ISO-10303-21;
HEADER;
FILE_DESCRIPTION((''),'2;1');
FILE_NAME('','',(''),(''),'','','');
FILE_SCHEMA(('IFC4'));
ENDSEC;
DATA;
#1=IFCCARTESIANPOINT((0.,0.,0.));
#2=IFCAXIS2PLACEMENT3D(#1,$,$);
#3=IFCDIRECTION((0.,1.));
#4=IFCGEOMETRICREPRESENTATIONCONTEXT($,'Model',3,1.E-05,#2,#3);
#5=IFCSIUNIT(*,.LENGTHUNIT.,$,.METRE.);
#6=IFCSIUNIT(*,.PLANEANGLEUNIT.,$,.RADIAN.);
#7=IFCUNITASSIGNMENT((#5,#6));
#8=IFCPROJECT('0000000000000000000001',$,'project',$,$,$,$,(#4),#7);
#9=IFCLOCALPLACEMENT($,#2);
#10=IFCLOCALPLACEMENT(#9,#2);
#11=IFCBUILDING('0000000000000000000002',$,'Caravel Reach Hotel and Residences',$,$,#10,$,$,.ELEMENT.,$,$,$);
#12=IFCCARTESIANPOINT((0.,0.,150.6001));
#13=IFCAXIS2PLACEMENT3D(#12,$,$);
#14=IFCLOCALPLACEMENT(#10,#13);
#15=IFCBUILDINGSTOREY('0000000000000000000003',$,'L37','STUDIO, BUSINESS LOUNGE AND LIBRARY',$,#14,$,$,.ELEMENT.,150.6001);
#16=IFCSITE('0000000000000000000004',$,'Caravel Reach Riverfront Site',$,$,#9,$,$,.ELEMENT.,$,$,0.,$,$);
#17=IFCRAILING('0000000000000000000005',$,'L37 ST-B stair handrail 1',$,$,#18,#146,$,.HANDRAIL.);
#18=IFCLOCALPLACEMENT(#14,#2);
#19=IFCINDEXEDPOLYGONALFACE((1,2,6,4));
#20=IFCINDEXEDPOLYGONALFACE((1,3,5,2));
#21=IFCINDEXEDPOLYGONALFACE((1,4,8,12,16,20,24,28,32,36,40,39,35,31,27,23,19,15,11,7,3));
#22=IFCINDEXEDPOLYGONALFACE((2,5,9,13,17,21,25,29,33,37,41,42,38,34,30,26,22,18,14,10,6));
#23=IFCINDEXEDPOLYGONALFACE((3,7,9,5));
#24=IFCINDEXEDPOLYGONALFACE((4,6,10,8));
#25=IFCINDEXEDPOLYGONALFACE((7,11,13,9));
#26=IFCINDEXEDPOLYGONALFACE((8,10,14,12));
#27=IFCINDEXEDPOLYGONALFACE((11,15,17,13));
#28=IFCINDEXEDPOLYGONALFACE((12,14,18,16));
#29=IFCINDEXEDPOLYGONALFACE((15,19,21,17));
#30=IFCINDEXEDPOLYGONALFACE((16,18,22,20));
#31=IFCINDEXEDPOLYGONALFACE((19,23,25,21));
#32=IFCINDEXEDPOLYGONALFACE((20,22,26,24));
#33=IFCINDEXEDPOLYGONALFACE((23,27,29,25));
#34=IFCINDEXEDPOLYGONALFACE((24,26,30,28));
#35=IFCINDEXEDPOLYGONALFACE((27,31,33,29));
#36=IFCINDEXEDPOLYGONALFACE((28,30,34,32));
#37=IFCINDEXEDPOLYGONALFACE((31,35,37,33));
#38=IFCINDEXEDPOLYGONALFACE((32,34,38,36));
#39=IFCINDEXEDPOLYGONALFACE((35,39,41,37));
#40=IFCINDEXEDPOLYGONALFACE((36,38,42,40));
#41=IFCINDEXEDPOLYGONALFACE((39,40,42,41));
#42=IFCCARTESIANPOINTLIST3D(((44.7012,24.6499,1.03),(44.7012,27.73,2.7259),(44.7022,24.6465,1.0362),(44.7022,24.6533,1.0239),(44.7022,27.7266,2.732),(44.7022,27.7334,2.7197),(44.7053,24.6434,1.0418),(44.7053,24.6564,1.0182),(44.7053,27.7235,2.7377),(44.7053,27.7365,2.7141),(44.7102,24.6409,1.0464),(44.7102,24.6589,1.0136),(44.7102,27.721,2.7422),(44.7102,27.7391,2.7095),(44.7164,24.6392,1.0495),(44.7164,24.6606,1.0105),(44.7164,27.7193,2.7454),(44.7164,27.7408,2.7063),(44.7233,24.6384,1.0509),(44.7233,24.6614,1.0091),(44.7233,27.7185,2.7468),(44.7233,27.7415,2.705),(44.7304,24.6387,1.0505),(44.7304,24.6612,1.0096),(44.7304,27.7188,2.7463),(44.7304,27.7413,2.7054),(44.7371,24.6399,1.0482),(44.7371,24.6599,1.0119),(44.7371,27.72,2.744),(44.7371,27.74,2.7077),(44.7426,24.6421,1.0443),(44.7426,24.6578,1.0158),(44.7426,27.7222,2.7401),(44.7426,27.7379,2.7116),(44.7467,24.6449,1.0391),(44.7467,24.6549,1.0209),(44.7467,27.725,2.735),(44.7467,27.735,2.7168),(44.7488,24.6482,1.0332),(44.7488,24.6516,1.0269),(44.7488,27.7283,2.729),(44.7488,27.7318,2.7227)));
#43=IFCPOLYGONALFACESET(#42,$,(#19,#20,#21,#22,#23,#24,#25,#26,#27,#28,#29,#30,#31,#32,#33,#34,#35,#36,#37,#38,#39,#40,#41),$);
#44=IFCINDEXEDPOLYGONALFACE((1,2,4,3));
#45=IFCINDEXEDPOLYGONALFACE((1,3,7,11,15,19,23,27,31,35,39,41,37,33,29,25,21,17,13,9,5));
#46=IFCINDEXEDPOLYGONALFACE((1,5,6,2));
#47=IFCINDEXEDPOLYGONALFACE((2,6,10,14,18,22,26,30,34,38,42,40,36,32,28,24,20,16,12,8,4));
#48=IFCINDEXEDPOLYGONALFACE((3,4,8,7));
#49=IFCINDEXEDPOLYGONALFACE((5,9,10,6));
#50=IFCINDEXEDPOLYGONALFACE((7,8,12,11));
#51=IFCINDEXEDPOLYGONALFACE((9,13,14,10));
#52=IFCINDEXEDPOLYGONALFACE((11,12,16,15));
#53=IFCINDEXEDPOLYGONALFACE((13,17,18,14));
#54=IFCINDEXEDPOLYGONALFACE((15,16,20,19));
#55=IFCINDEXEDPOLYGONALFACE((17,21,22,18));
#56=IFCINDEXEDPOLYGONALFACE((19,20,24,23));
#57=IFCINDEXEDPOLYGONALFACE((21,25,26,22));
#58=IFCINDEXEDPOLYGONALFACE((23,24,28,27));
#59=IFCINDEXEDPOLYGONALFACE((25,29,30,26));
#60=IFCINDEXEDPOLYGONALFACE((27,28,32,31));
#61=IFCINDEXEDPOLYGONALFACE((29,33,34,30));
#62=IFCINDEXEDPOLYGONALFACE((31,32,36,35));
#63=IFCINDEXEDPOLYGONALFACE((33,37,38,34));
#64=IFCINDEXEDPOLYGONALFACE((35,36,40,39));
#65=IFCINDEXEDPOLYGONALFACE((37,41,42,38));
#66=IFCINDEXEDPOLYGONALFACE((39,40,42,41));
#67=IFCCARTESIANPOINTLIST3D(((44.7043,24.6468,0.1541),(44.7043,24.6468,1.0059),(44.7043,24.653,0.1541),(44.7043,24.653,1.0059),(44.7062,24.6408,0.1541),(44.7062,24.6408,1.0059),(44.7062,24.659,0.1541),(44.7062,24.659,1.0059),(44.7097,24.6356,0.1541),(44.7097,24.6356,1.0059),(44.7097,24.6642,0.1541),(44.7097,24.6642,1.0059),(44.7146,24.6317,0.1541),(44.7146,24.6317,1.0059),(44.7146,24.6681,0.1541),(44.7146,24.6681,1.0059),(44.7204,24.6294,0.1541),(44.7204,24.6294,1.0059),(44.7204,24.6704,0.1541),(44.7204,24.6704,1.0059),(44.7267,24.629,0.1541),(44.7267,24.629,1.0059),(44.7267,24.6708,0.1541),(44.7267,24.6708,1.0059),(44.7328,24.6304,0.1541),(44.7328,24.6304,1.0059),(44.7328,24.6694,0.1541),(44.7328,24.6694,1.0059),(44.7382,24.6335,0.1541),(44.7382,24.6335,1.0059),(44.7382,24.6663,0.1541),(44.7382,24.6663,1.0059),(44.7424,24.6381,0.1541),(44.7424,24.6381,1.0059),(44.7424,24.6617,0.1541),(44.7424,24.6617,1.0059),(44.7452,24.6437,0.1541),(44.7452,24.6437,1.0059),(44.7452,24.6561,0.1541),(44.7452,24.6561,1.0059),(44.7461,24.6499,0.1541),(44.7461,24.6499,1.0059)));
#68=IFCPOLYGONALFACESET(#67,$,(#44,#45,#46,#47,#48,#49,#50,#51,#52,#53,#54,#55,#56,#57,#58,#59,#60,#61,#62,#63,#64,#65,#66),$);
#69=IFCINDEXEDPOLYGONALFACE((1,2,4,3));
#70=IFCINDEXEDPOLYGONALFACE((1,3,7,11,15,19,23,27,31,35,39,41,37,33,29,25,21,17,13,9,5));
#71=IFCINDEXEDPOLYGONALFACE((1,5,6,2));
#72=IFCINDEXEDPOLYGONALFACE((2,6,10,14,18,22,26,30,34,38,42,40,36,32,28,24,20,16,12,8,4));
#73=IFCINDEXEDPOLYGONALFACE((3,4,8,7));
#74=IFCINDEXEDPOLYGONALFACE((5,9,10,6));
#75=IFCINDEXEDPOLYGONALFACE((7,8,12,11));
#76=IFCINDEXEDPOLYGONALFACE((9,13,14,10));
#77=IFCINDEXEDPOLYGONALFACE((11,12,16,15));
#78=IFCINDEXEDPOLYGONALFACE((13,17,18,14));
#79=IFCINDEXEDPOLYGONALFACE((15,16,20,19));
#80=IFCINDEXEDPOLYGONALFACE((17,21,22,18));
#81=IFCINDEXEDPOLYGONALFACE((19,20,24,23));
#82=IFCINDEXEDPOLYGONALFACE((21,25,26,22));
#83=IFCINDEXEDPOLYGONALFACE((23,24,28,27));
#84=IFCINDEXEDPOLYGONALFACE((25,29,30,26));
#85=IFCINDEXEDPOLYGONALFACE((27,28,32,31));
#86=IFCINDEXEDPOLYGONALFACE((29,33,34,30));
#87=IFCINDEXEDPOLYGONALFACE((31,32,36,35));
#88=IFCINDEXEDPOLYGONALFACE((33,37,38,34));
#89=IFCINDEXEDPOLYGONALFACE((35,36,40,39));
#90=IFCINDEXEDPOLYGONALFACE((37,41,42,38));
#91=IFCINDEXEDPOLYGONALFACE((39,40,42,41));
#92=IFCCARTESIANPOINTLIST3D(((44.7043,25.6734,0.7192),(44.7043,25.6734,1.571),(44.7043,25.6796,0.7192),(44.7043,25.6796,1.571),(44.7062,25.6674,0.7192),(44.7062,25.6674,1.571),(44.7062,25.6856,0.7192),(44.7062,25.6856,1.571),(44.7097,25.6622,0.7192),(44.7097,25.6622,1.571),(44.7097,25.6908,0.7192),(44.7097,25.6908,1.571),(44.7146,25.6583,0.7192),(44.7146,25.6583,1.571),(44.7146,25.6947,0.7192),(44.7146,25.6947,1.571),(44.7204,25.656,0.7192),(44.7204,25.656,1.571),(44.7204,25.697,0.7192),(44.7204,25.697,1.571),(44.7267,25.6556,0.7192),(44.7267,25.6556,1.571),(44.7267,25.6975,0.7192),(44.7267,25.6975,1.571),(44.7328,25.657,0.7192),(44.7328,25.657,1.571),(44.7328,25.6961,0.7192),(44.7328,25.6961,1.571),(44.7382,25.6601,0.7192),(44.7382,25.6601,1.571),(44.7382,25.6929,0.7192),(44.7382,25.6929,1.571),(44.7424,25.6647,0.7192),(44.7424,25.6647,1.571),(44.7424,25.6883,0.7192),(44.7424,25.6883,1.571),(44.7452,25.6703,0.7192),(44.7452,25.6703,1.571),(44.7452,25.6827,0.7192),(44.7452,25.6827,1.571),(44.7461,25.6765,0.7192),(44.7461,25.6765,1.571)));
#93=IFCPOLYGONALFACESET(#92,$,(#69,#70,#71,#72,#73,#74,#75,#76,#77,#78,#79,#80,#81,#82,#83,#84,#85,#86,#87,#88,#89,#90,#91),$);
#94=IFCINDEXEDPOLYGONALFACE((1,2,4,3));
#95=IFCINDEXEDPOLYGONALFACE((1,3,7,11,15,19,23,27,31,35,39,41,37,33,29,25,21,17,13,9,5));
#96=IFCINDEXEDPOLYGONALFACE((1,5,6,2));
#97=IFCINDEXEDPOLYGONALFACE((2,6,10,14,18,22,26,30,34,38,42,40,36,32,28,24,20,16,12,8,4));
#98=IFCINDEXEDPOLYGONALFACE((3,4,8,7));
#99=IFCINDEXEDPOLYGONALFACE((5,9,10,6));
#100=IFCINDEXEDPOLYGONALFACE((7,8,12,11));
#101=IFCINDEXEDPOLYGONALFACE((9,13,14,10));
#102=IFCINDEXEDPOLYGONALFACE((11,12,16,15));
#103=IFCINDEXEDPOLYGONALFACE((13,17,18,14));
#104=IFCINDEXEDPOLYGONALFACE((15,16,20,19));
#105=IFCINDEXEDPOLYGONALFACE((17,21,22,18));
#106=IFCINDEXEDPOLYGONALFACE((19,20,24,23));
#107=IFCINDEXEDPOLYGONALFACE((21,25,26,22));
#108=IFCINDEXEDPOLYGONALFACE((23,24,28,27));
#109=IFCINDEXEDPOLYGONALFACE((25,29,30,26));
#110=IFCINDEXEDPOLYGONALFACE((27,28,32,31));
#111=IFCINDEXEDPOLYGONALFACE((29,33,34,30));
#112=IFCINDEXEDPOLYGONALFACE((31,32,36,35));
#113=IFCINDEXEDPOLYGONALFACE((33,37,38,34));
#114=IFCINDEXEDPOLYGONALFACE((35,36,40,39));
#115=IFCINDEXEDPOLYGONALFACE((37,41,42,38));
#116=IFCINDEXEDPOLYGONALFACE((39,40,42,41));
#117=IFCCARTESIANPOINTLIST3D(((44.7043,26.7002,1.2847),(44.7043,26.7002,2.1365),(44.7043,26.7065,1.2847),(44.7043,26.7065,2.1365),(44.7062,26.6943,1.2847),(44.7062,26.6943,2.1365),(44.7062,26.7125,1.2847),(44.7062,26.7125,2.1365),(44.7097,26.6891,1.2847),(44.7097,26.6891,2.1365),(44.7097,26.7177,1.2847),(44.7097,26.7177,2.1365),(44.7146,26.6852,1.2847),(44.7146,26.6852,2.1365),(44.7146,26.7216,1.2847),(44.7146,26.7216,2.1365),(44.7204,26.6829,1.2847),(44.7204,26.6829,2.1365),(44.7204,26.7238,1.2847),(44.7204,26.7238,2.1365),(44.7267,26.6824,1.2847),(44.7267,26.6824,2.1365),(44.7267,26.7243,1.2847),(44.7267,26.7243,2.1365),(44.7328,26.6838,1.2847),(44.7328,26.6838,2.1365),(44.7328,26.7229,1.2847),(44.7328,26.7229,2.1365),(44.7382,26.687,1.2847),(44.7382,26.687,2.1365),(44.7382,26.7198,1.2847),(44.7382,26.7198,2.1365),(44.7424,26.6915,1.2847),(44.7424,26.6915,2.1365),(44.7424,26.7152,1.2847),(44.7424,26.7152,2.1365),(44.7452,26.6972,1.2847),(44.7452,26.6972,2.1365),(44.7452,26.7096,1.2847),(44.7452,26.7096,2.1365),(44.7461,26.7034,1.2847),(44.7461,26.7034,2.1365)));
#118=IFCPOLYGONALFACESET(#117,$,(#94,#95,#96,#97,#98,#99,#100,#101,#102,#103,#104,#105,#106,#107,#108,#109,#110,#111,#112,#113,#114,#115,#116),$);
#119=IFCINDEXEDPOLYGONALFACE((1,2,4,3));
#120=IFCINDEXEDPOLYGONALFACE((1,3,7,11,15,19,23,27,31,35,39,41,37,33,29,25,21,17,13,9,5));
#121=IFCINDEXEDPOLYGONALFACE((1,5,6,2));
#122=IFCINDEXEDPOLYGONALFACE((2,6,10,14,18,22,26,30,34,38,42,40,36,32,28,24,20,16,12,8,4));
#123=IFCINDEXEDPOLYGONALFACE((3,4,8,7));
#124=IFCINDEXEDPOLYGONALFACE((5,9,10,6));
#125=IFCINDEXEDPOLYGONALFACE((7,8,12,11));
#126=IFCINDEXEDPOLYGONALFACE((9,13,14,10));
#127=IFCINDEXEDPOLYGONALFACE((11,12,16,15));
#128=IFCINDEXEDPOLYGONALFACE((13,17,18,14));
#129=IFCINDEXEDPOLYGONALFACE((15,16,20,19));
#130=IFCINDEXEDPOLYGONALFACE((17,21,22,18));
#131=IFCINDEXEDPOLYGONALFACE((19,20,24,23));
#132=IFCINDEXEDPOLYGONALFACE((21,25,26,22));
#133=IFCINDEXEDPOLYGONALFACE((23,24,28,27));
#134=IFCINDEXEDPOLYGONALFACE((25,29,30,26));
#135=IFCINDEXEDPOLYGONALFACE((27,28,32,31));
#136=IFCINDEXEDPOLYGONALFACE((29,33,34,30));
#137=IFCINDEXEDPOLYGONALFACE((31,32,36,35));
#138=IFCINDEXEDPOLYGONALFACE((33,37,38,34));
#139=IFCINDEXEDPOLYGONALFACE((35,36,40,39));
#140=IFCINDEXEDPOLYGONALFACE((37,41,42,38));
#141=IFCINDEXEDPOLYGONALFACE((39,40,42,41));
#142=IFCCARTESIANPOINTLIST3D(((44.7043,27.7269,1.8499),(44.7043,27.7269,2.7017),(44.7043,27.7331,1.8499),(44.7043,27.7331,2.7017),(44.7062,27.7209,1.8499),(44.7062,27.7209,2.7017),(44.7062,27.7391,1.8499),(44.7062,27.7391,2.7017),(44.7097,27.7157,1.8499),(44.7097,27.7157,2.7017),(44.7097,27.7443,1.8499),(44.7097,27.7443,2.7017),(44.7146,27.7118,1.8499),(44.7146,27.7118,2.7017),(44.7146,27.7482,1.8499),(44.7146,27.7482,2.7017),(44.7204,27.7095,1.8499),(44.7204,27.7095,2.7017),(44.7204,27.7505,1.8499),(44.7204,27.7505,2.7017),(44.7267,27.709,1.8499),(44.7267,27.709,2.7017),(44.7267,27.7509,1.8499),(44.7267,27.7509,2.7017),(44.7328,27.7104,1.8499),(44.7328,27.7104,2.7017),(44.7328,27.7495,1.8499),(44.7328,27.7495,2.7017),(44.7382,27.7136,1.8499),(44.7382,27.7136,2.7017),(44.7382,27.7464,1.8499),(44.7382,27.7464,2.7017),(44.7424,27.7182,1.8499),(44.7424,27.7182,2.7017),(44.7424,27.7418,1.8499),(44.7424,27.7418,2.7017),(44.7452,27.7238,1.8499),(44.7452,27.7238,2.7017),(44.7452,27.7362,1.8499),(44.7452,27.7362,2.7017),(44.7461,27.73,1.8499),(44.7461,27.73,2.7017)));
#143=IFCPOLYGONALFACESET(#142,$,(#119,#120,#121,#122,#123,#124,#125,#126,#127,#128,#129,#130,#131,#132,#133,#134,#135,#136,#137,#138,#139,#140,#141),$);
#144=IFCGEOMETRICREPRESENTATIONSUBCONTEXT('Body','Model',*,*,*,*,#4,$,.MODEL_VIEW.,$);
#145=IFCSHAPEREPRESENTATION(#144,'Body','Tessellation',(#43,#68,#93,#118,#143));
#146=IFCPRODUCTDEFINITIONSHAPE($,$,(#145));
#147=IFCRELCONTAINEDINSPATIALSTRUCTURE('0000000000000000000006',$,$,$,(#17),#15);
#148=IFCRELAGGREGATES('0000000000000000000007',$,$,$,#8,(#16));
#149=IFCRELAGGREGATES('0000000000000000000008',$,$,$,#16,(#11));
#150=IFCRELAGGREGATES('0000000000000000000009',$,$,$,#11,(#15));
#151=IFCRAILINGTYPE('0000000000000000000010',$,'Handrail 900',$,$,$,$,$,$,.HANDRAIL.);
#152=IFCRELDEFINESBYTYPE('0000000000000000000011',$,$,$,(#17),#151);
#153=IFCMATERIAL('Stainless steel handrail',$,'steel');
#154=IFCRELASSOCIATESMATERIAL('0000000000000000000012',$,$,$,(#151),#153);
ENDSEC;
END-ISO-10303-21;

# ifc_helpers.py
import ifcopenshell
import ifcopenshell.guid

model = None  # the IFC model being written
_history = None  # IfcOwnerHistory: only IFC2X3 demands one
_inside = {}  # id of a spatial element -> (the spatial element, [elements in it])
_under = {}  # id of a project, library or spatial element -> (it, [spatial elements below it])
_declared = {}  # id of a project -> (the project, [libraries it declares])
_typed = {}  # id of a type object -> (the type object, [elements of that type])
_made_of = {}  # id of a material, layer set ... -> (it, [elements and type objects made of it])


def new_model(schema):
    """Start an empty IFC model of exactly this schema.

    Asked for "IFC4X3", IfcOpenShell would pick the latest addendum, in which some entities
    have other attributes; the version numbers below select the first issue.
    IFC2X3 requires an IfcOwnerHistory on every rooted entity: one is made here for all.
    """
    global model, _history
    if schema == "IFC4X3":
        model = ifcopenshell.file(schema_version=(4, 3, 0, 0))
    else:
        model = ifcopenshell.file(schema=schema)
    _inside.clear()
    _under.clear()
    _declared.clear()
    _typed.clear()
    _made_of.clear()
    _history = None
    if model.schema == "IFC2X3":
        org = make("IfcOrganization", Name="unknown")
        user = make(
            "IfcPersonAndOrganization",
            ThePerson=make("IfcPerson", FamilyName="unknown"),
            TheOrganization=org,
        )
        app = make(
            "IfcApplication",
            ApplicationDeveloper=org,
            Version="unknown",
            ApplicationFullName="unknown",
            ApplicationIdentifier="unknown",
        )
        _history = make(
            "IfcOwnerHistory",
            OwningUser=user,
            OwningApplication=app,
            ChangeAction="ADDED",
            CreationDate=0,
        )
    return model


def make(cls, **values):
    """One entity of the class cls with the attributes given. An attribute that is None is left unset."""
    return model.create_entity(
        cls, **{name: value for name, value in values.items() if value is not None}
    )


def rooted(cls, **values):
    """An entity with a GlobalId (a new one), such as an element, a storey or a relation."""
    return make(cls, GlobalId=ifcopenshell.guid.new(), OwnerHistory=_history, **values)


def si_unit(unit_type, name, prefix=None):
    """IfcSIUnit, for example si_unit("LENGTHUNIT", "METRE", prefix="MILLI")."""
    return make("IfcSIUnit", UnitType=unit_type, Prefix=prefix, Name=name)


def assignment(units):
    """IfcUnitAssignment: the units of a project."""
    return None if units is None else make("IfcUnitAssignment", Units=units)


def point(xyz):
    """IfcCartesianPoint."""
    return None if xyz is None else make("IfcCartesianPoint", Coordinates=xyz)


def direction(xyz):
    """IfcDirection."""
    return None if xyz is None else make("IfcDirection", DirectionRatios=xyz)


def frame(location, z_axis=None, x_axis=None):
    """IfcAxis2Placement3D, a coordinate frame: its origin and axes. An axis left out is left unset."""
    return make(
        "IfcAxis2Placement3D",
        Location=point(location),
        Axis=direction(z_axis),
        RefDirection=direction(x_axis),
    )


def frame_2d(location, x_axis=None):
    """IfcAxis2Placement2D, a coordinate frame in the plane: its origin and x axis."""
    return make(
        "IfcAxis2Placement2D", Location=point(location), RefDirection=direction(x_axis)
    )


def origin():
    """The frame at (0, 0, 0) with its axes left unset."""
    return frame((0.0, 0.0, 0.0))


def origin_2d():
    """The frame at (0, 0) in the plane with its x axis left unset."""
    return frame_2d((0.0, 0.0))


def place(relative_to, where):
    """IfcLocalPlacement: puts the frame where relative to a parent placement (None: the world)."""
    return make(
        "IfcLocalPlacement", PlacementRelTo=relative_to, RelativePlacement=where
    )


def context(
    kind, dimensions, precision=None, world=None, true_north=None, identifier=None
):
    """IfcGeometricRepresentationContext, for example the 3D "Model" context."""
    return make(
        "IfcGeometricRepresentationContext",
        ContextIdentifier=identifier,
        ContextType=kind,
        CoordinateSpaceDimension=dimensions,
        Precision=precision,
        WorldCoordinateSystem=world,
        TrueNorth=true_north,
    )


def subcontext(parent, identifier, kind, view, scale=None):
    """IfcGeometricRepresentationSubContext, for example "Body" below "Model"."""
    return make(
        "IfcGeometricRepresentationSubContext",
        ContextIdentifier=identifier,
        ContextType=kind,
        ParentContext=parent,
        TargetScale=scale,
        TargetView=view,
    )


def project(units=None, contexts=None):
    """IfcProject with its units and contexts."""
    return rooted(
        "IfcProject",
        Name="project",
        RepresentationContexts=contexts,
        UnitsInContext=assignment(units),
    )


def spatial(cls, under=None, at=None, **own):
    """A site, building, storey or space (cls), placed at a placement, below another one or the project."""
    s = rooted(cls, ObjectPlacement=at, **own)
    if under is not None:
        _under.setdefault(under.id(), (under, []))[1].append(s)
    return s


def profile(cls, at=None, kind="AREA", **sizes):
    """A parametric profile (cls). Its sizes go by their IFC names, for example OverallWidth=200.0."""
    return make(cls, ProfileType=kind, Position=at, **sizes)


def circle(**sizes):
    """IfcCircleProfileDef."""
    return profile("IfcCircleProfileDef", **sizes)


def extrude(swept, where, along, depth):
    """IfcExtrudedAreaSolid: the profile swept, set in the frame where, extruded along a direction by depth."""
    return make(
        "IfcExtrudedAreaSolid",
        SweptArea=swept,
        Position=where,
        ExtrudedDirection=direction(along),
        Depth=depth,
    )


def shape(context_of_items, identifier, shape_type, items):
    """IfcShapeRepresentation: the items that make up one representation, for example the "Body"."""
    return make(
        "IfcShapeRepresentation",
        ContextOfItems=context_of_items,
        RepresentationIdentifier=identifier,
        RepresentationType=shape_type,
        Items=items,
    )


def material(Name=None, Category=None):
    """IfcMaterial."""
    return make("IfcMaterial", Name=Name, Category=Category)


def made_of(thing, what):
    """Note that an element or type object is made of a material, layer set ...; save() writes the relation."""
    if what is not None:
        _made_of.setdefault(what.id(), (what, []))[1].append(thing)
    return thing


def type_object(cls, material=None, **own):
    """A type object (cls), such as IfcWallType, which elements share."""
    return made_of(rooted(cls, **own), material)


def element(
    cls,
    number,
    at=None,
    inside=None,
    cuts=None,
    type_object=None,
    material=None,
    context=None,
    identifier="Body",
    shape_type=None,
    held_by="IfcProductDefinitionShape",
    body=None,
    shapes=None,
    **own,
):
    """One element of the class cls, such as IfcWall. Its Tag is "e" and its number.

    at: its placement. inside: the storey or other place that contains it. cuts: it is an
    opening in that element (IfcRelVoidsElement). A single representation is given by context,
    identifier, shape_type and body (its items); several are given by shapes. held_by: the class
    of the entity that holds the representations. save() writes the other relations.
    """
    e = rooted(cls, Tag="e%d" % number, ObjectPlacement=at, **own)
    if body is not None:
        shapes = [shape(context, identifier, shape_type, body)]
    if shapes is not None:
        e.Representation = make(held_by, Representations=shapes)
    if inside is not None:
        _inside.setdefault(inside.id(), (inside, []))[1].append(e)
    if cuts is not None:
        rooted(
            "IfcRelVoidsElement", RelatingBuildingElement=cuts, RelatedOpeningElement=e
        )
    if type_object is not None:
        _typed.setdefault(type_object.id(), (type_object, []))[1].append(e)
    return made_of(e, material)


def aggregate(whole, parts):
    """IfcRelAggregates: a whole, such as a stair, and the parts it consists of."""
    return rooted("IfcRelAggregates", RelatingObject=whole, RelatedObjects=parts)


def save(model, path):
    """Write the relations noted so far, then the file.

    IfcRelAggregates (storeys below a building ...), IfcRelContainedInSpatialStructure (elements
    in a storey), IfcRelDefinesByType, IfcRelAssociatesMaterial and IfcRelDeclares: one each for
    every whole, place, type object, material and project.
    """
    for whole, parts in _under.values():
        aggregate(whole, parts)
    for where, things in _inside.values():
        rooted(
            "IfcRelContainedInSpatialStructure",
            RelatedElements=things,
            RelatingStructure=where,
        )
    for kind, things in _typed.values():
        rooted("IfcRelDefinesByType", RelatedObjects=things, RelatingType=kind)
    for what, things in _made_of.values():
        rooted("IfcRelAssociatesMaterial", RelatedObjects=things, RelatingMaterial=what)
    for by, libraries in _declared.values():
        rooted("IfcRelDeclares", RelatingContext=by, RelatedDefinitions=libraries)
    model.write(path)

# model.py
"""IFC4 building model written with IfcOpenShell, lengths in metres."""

from ifc_helpers import new_model, si_unit, direction, frame, origin, origin_2d, place, context, subcontext, project, spatial, circle, extrude, material, type_object, element, save


model = new_model("IFC4")

# Units and contexts
model_context = context("Model", 3, precision=1e-05, world=origin(), true_north=direction((0.0, 1.0)))
body_context = subcontext(model_context, "Body", "Model", "MODEL_VIEW")
ifc_project = project(units=[si_unit("LENGTHUNIT", "METRE"), si_unit("PLANEANGLEUNIT", "RADIAN")], contexts=[model_context])

# Site, building, storey
site_placement = place(None, origin())
site = spatial("IfcSite", under=ifc_project, at=site_placement, Name="Caravel Reach Riverfront Site", CompositionType="ELEMENT", RefElevation=0.0)
building_placement = place(site_placement, origin())
building = spatial("IfcBuilding", under=site, at=building_placement, Name="Caravel Reach Hotel and Residences", CompositionType="ELEMENT")
storey_placement = place(building_placement, frame((0.0, 0.0, 150.6001)))
storey = spatial("IfcBuildingStorey", under=building, at=storey_placement, Name="L37", Description="STUDIO, BUSINESS LOUNGE AND LIBRARY", CompositionType="ELEMENT", Elevation=150.6001)

# Railing
ifc_material_1 = material(Name="Stainless steel handrail", Category="steel")
railing_type_1 = type_object("IfcRailingType", Name="Handrail 900", PredefinedType="HANDRAIL", material=ifc_material_1)
railing_1_placement = place(storey_placement, frame((44.7251, 24.6499, 0.1541)))
element("IfcRailing", 1, at=railing_1_placement, inside=storey, type_object=railing_type_1, Name="L37 ST-B stair handrail 1", PredefinedType="HANDRAIL", context=body_context, shape_type="SweptSolid", body=[
    extrude(circle(Radius=0.0239, at=origin_2d()), frame((0.0, 0.0, 0.876), z_axis=(0.0, 0.876005, 0.482303), x_axis=(-1.0, 0.0, 0.0)), (0.0, 0.0, 1.0), 3.5161),
    extrude(circle(Radius=0.021, at=origin_2d()), origin(), (0.0, 0.0, 1.0), 0.8518),
    extrude(circle(Radius=0.021, at=origin_2d()), frame((0.0, 1.0266, 0.5652)), (0.0, 0.0, 1.0), 0.8518),
    extrude(circle(Radius=0.021, at=origin_2d()), frame((0.0, 2.0535, 1.1306)), (0.0, 0.0, 1.0), 0.8518),
    extrude(circle(Radius=0.021, at=origin_2d()), frame((0.0, 3.0801, 1.6958)), (0.0, 0.0, 1.0), 0.8518),
])

save(model, "model.ifc")
